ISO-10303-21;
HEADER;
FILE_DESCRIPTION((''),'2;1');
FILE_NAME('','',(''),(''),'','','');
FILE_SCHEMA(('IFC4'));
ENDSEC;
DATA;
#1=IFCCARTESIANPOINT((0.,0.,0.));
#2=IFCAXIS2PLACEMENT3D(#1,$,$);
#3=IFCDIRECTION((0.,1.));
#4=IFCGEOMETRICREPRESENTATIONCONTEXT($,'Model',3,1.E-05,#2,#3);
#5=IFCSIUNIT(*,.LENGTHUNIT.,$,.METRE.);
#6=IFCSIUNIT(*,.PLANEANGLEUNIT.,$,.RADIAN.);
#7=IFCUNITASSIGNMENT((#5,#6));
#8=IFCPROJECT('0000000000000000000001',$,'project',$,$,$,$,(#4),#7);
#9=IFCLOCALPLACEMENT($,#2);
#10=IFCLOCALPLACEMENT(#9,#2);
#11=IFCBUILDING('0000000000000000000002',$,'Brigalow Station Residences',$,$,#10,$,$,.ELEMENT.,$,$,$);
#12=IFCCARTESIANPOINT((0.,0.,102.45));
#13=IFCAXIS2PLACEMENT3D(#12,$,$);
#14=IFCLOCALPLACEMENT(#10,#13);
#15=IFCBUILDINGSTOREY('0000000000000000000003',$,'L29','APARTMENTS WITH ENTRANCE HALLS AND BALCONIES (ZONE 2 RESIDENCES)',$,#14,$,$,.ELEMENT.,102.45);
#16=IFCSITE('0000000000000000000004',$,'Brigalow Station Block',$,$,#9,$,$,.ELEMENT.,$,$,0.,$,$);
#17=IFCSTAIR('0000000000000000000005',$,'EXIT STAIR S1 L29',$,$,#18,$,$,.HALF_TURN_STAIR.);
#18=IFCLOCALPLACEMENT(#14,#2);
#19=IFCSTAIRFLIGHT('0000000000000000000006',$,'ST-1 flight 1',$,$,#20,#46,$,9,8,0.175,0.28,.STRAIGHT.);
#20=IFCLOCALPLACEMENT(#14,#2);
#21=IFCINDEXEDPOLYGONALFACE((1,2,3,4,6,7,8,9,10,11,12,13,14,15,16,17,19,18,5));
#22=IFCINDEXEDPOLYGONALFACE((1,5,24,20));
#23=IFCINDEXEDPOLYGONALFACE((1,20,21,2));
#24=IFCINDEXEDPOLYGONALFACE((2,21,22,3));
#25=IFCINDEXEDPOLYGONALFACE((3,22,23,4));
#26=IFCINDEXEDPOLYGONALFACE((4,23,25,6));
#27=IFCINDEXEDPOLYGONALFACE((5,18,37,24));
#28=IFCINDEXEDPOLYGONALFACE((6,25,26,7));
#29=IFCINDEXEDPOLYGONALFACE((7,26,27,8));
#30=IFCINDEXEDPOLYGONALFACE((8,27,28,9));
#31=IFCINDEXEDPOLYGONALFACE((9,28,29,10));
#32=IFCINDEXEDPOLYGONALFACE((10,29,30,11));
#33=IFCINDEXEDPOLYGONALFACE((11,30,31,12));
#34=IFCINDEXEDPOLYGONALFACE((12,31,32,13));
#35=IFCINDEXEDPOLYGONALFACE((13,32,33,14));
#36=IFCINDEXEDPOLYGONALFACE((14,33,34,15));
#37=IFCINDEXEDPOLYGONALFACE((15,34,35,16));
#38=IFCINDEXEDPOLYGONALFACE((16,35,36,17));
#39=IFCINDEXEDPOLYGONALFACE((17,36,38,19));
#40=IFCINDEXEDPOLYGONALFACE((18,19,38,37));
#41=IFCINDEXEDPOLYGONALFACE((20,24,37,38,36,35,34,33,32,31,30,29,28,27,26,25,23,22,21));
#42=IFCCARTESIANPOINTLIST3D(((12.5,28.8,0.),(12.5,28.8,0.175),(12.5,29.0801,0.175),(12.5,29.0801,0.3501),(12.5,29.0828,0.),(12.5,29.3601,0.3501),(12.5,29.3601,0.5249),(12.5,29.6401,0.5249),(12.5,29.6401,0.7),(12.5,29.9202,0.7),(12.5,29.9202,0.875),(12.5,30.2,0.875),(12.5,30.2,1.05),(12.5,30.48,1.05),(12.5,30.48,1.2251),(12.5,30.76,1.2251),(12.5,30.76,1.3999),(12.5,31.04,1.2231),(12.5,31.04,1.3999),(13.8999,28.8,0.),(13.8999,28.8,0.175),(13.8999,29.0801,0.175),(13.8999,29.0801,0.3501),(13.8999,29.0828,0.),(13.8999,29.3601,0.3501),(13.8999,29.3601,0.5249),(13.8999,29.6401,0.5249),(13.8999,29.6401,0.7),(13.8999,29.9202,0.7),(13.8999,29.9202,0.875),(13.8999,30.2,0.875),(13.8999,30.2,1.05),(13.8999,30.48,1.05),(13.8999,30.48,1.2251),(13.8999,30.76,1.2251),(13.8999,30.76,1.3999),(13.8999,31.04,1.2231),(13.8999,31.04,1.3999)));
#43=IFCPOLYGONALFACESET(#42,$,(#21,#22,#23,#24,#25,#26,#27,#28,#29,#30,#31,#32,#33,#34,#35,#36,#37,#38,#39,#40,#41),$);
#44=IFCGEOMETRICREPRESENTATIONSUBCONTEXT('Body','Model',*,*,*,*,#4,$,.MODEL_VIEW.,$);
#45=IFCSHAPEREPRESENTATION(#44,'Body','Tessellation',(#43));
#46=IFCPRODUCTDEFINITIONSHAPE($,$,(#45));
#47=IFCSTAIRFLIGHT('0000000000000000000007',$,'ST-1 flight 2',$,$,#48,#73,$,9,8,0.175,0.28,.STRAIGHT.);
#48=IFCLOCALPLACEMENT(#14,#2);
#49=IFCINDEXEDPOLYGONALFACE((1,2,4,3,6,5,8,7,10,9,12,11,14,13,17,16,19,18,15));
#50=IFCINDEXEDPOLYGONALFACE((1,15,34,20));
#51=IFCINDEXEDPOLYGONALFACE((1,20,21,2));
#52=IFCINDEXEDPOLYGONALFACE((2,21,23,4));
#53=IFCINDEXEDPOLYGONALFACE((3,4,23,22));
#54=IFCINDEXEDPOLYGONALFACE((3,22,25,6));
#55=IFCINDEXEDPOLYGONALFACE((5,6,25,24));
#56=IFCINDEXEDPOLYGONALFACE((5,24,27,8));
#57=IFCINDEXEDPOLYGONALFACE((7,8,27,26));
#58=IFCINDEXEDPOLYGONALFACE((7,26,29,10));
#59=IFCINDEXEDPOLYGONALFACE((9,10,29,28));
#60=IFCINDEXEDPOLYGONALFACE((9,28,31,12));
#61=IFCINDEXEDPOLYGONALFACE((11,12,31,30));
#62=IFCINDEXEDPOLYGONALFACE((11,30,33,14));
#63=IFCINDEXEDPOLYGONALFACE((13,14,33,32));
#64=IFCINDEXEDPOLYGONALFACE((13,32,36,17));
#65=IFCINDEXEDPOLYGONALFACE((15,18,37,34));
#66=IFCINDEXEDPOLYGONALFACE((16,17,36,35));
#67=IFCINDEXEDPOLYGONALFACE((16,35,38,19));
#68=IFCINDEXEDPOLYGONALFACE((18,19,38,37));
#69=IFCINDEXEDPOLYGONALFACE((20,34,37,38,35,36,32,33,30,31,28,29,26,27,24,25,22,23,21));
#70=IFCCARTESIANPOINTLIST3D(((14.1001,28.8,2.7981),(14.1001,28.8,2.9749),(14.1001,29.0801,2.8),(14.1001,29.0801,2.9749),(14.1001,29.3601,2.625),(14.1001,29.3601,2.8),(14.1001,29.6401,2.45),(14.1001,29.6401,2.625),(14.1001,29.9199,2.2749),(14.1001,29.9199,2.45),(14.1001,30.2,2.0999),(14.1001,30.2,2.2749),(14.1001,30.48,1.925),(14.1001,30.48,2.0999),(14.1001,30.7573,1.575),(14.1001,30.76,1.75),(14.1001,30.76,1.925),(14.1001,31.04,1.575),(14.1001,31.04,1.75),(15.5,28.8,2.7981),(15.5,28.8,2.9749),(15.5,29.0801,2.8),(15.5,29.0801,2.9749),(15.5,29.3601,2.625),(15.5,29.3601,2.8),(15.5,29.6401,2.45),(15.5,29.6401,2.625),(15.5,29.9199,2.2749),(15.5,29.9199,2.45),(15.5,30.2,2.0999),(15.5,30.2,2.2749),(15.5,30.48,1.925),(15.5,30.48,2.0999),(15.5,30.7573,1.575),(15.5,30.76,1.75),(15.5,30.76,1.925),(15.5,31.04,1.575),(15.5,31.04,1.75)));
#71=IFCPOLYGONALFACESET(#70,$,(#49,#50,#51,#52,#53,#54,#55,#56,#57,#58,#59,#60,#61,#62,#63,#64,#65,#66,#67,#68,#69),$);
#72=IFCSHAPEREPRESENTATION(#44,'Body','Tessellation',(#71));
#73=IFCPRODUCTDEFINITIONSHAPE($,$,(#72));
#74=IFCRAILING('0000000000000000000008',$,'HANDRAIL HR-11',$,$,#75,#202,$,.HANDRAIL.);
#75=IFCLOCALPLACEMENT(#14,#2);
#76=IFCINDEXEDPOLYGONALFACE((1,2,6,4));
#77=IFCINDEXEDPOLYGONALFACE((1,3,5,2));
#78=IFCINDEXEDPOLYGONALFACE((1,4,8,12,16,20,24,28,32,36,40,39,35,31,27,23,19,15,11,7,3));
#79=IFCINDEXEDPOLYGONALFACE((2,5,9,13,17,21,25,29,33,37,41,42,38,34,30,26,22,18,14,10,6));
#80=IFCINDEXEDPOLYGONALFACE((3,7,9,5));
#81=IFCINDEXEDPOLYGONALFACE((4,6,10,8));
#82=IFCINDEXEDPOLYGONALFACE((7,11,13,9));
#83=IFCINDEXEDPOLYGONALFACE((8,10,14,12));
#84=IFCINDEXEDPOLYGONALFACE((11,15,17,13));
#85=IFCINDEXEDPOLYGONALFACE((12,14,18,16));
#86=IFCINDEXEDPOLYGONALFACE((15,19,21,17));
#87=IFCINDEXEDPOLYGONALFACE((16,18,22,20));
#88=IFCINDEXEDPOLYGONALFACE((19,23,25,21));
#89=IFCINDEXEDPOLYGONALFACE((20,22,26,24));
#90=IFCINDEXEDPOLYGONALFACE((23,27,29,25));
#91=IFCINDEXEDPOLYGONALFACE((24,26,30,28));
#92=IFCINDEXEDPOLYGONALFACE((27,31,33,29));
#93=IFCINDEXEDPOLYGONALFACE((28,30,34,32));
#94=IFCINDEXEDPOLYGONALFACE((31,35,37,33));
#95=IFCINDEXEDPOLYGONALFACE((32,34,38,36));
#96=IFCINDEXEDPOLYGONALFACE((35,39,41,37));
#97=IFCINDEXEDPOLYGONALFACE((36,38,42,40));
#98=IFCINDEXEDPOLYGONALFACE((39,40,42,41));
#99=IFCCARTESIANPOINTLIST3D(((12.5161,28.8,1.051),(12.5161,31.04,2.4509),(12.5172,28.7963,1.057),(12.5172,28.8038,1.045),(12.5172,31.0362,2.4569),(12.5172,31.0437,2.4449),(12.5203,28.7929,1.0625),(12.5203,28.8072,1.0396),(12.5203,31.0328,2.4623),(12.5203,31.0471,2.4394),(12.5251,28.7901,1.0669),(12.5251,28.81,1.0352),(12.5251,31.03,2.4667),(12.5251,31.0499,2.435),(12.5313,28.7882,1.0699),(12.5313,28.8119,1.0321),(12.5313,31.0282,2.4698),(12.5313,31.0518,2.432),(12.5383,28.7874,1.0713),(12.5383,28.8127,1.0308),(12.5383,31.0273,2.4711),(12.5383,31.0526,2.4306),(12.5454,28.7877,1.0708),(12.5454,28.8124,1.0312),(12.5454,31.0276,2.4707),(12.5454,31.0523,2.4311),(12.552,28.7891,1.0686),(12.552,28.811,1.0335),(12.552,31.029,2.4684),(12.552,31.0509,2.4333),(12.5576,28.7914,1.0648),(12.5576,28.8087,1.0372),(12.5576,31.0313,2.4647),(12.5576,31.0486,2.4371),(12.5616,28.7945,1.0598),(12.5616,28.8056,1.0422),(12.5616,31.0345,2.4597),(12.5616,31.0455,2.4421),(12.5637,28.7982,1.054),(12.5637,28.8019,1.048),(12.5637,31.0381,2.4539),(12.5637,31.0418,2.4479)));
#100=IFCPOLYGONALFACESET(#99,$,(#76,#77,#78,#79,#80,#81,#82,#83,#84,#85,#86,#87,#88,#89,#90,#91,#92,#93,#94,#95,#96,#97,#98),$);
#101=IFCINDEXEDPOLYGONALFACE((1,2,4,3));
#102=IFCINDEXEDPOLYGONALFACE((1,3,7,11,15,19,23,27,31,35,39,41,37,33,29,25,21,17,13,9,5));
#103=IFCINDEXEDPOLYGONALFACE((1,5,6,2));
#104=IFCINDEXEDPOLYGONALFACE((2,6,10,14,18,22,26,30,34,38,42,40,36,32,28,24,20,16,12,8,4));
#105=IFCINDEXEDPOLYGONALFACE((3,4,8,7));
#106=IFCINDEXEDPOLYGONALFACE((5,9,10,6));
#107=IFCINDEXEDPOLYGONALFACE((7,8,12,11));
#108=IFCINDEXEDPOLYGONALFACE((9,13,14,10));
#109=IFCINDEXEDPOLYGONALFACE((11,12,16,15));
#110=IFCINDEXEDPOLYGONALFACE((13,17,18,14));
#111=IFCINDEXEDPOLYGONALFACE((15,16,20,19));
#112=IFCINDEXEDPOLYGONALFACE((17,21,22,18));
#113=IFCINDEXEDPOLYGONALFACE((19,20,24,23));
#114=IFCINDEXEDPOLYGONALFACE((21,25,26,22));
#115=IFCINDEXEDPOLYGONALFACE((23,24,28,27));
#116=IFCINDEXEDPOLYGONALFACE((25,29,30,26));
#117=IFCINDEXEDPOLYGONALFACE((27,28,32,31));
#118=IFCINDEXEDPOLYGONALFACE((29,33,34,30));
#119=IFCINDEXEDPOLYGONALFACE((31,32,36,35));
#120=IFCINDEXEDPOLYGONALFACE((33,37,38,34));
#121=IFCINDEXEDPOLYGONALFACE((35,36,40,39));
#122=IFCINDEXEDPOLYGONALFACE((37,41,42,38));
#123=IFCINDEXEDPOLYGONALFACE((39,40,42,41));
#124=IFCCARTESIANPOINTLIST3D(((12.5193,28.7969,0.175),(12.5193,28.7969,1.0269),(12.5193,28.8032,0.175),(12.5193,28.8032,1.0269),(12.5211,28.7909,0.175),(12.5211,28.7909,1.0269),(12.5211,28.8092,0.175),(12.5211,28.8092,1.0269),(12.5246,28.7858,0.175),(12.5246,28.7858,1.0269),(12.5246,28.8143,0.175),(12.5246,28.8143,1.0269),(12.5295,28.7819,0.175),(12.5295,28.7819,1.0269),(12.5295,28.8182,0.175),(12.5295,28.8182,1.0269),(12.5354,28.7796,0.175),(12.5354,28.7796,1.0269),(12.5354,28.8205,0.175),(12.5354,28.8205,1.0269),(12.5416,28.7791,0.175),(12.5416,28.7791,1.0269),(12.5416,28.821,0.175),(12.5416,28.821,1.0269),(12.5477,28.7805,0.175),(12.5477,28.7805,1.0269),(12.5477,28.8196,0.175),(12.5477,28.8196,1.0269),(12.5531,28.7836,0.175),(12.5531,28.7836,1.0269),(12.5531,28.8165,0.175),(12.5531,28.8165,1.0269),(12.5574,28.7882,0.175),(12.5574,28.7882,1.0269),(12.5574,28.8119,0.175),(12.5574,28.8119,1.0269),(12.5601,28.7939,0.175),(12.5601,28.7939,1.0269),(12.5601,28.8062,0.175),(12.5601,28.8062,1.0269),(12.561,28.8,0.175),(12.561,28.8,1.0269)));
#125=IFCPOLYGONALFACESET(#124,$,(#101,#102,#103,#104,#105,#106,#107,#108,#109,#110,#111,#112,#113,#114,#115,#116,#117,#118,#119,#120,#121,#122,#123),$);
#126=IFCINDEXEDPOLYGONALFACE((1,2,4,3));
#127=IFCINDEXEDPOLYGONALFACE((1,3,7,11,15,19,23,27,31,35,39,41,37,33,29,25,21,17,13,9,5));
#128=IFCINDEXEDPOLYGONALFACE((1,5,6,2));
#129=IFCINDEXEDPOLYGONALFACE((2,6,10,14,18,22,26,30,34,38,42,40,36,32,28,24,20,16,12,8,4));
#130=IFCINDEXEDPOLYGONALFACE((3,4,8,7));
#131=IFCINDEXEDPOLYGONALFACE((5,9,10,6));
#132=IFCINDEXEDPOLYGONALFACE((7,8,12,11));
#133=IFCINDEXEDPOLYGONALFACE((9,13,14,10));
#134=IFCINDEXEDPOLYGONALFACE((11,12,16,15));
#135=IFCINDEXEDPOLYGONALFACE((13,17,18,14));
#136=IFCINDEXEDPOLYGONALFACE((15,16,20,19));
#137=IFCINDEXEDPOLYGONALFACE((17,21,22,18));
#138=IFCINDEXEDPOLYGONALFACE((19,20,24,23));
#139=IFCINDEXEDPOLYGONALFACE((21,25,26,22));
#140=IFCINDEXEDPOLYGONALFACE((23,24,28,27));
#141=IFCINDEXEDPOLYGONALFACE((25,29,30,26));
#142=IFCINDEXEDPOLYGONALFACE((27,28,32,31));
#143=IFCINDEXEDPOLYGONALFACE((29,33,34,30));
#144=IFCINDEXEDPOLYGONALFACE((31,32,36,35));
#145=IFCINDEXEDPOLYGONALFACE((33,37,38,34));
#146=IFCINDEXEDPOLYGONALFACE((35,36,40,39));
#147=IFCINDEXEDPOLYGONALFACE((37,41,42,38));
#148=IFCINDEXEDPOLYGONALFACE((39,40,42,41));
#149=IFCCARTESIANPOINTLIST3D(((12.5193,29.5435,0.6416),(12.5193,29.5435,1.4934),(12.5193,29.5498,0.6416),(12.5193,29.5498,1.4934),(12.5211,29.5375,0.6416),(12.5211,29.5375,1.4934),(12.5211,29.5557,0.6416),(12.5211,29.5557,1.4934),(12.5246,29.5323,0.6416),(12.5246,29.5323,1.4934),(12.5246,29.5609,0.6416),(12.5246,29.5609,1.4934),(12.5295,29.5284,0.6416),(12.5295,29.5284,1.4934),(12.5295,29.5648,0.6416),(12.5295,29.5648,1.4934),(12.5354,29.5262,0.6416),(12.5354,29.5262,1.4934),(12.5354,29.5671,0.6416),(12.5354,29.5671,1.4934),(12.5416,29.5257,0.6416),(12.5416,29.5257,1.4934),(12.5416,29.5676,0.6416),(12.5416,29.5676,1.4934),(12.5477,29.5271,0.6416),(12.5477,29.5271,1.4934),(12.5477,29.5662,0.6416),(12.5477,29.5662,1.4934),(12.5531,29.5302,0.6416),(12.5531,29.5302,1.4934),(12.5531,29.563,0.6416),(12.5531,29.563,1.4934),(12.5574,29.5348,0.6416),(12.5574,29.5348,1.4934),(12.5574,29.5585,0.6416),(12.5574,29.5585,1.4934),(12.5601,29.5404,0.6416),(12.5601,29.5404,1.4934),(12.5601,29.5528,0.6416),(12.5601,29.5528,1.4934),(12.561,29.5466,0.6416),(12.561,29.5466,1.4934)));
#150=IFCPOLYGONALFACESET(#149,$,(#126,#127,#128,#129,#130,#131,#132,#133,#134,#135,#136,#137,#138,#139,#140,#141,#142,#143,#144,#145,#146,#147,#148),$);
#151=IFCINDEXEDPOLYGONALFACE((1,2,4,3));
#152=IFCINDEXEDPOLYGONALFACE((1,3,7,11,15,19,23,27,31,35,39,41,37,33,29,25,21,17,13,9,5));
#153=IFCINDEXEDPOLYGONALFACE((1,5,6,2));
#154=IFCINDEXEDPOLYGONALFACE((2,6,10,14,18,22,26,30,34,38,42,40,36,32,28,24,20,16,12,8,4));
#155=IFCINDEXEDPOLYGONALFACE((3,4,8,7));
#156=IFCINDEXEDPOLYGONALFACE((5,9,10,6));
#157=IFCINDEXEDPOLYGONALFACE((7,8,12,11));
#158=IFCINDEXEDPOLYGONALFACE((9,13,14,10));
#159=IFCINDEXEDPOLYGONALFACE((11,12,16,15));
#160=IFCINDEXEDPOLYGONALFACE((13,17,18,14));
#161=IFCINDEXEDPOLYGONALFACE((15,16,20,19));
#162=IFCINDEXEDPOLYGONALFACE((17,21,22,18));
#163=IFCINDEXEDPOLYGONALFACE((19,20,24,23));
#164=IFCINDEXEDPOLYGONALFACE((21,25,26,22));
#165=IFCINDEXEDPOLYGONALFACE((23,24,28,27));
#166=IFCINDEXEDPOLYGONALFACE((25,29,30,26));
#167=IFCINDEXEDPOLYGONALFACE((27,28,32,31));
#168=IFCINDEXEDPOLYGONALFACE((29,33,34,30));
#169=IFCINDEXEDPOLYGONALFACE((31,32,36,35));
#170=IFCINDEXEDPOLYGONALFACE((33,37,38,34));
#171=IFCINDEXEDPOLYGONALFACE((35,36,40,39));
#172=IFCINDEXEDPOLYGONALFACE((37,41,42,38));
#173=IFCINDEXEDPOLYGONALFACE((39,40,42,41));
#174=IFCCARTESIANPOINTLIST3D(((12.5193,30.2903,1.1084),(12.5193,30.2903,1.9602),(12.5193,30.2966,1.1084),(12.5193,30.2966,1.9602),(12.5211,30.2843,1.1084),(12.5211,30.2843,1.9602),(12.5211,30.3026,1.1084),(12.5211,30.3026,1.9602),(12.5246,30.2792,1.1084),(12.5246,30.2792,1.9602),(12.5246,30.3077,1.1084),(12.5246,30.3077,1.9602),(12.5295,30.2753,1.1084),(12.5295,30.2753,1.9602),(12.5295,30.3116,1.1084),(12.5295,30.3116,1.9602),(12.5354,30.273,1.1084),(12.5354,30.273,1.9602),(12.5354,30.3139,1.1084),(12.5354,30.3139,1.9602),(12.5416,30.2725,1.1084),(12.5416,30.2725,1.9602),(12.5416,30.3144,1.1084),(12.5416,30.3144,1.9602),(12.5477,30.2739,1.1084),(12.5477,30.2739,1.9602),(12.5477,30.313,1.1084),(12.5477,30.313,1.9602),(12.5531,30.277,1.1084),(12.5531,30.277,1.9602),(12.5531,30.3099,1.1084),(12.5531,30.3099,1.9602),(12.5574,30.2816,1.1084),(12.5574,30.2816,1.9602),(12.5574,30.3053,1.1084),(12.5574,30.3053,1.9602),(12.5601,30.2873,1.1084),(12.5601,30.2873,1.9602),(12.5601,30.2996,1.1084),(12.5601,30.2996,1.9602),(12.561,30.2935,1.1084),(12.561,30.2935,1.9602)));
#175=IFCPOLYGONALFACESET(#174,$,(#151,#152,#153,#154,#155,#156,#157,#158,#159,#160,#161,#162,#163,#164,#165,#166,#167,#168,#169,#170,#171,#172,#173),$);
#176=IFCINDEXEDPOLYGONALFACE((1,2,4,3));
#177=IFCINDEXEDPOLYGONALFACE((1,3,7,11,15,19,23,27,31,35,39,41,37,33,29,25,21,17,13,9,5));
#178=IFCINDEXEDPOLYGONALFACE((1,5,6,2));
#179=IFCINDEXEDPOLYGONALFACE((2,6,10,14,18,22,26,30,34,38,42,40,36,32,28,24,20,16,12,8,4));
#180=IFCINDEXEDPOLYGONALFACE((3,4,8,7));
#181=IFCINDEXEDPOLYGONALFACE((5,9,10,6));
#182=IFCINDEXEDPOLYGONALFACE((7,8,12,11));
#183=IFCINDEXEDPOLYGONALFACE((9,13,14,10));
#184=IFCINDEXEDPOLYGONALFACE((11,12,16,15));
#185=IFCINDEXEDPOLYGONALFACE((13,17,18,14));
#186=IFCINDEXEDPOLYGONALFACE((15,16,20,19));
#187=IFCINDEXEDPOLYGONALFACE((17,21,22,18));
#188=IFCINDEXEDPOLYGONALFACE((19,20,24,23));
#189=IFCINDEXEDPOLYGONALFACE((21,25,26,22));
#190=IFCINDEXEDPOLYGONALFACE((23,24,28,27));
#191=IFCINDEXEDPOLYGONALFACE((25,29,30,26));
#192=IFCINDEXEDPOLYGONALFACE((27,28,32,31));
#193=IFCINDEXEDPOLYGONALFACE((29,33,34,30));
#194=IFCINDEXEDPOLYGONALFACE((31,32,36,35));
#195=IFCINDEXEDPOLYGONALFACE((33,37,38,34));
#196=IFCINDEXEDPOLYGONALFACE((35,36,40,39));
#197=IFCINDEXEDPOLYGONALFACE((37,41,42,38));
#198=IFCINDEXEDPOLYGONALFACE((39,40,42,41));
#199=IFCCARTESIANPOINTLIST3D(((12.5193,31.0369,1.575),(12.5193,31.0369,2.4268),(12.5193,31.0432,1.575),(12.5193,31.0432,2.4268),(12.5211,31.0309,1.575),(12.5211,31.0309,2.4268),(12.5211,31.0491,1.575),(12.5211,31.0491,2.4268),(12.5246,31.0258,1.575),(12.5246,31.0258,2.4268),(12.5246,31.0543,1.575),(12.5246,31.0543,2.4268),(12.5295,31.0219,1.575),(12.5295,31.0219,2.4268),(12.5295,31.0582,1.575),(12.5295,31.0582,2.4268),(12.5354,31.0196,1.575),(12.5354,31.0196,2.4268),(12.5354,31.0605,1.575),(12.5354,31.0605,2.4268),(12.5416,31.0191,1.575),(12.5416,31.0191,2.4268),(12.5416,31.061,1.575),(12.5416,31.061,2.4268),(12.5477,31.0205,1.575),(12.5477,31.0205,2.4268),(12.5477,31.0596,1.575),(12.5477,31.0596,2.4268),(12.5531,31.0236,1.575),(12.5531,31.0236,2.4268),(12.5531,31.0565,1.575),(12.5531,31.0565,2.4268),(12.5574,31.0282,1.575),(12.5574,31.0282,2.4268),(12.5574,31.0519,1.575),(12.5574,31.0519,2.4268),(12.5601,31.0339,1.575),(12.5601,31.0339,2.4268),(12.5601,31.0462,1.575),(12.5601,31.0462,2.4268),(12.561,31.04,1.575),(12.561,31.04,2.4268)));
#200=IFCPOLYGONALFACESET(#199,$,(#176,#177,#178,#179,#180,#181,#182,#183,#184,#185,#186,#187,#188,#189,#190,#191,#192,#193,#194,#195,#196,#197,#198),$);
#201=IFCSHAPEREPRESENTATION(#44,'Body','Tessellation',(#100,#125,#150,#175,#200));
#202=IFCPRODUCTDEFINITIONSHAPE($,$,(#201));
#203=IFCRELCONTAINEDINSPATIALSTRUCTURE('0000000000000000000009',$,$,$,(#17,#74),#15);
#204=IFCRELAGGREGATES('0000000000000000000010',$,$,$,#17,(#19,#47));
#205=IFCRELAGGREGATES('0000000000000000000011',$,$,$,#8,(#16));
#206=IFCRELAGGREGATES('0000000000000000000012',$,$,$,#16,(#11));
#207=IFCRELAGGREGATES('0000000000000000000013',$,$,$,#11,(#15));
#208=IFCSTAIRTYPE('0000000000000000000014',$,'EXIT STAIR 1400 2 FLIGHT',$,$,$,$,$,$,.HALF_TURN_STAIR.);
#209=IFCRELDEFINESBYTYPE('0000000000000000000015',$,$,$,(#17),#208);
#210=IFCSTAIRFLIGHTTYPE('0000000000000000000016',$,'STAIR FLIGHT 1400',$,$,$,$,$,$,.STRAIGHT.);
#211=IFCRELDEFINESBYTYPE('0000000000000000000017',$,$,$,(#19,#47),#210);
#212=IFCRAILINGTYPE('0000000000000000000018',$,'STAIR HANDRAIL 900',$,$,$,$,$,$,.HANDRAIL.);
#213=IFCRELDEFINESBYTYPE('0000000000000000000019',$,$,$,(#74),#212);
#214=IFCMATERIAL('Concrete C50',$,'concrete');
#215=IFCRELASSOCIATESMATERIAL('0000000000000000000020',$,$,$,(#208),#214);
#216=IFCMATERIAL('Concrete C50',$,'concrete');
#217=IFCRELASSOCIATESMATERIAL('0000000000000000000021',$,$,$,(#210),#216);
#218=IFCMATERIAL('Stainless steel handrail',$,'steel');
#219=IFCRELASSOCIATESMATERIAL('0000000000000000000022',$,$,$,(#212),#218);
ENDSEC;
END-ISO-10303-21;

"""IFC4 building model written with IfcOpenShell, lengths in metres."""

from ifc_helpers import new_model, si_unit, direction, frame, origin, origin_2d, place, context, subcontext, project, spatial, polyline, circle, outline, extrude, material, type_object, element, aggregate, save


model = new_model("IFC4")

# Units and contexts
model_context = context("Model", 3, precision=1e-05, world=origin(), true_north=direction((0.0, 1.0)))
body_context = subcontext(model_context, "Body", "Model", "MODEL_VIEW")
ifc_project = project(units=[si_unit("LENGTHUNIT", "METRE"), si_unit("PLANEANGLEUNIT", "RADIAN")], contexts=[model_context])

# Site, building, storey
site_placement = place(None, origin())
site = spatial("IfcSite", under=ifc_project, at=site_placement, Name="Brigalow Station Block", CompositionType="ELEMENT", RefElevation=0.0)
building_placement = place(site_placement, origin())
building = spatial("IfcBuilding", under=site, at=building_placement, Name="Brigalow Station Residences", CompositionType="ELEMENT")
storey_placement = place(building_placement, frame((0.0, 0.0, 102.45)))
storey = spatial("IfcBuildingStorey", under=building, at=storey_placement, Name="L29", Description="APARTMENTS WITH ENTRANCE HALLS AND BALCONIES (ZONE 2 RESIDENCES)", CompositionType="ELEMENT", Elevation=102.45)

# Stair, stair flights
ifc_material_1 = material(Name="Concrete C50", Category="concrete")
stair_type = type_object("IfcStairType", Name="EXIT STAIR 1400 2 FLIGHT", PredefinedType="HALF_TURN_STAIR", material=ifc_material_1)
stair_placement = place(storey_placement, origin())
stair = element("IfcStair", 1, at=stair_placement, inside=storey, type_object=stair_type, Name="EXIT STAIR S1 L29", PredefinedType="HALF_TURN_STAIR")
ifc_material_2 = material(Name="Concrete C50", Category="concrete")
stair_flight_type = type_object("IfcStairFlightType", Name="STAIR FLIGHT 1400", PredefinedType="STRAIGHT", material=ifc_material_2)
stair_flight_1_placement = place(storey_placement, frame((13.2, 28.8, 0.0), z_axis=(0.0, 0.0, 1.0), x_axis=(0.0, 1.0, 0.0)))
stair_flight_1 = element("IfcStairFlight", 2, at=stair_flight_1_placement, type_object=stair_flight_type, Name="ST-1 flight 1", NumberOfRisers=9, NumberOfTreads=8, PredefinedType="STRAIGHT", RiserHeight=0.175, TreadLength=0.28, context=body_context, shape_type="SweptSolid", body=[
    extrude(outline(polyline([(0.0, 0.0), (0.0, 0.175), (0.28, 0.175), (0.28, 0.3501), (0.5601, 0.3501), (0.5601, 0.5249), (0.8401, 0.5249), (0.8401, 0.7), (1.1201, 0.7), (1.1201, 0.875), (1.3999, 0.875), (1.3999, 1.05), (1.6799, 1.05), (1.6799, 1.2251), (1.96, 1.2251), (1.96, 1.3999), (2.24, 1.3999), (2.24, 1.575), (2.24, 1.2231), (0.2827, 0.0), (0.0, 0.0)])), frame((0.0, 0.7, 0.0), z_axis=(0.0, -1.0, 0.0), x_axis=(1.0, 0.0, 0.0)), (0.0, 0.0, 1.0), 1.3999),
])
stair_flight_2_placement = place(storey_placement, frame((14.8, 31.04, 1.575), z_axis=(0.0, 0.0, 1.0), x_axis=(0.0, -1.0, 0.0)))
stair_flight_2 = element("IfcStairFlight", 3, at=stair_flight_2_placement, type_object=stair_flight_type, Name="ST-1 flight 2", NumberOfRisers=9, NumberOfTreads=8, PredefinedType="STRAIGHT", RiserHeight=0.175, TreadLength=0.28, context=body_context, shape_type="SweptSolid", body=[
    extrude(outline(polyline([(0.0, 0.0), (0.0, 0.175), (0.28, 0.175), (0.28, 0.3501), (0.5601, 0.3501), (0.5601, 0.5249), (0.8401, 0.5249), (0.8401, 0.7), (1.1201, 0.7), (1.1201, 0.875), (1.3999, 0.875), (1.3999, 1.05), (1.6799, 1.05), (1.6799, 1.2251), (1.96, 1.2251), (1.96, 1.3999), (2.24, 1.3999), (2.24, 1.575), (2.24, 1.2231), (0.2827, 0.0), (0.0, 0.0)])), frame((0.0, 0.7, 0.0), z_axis=(0.0, -1.0, 0.0), x_axis=(1.0, 0.0, 0.0)), (0.0, 0.0, 1.0), 1.3999),
])
aggregate(stair, [stair_flight_1, stair_flight_2])

# Railing
ifc_material_3 = material(Name="Stainless steel handrail", Category="steel")
railing_type_1 = type_object("IfcRailingType", Name="STAIR HANDRAIL 900", PredefinedType="HANDRAIL", material=ifc_material_3)
railing_1_placement = place(storey_placement, frame((12.54, 28.8, 0.175)))
element("IfcRailing", 4, at=railing_1_placement, inside=storey, type_object=railing_type_1, Name="HANDRAIL HR-11", PredefinedType="HANDRAIL", context=body_context, shape_type="SweptSolid", body=[
    extrude(circle(Radius=0.0239, at=origin_2d()), frame((0.0, 0.0, 0.876), z_axis=(0.0, 0.848014, 0.529974), x_axis=(-1.0, 0.0, 0.0)), (0.0, 0.0, 1.0), 2.6414),
    extrude(circle(Radius=0.021, at=origin_2d()), origin(), (0.0, 0.0, 1.0), 0.8518),
    extrude(circle(Radius=0.021, at=origin_2d()), frame((0.0, 0.7466, 0.4666)), (0.0, 0.0, 1.0), 0.8518),
    extrude(circle(Radius=0.021, at=origin_2d()), frame((0.0, 1.4934, 0.9333)), (0.0, 0.0, 1.0), 0.8518),
    extrude(circle(Radius=0.021, at=origin_2d()), frame((0.0, 2.24, 1.3999)), (0.0, 0.0, 1.0), 0.8518),
])

save(model, "model.ifc")
